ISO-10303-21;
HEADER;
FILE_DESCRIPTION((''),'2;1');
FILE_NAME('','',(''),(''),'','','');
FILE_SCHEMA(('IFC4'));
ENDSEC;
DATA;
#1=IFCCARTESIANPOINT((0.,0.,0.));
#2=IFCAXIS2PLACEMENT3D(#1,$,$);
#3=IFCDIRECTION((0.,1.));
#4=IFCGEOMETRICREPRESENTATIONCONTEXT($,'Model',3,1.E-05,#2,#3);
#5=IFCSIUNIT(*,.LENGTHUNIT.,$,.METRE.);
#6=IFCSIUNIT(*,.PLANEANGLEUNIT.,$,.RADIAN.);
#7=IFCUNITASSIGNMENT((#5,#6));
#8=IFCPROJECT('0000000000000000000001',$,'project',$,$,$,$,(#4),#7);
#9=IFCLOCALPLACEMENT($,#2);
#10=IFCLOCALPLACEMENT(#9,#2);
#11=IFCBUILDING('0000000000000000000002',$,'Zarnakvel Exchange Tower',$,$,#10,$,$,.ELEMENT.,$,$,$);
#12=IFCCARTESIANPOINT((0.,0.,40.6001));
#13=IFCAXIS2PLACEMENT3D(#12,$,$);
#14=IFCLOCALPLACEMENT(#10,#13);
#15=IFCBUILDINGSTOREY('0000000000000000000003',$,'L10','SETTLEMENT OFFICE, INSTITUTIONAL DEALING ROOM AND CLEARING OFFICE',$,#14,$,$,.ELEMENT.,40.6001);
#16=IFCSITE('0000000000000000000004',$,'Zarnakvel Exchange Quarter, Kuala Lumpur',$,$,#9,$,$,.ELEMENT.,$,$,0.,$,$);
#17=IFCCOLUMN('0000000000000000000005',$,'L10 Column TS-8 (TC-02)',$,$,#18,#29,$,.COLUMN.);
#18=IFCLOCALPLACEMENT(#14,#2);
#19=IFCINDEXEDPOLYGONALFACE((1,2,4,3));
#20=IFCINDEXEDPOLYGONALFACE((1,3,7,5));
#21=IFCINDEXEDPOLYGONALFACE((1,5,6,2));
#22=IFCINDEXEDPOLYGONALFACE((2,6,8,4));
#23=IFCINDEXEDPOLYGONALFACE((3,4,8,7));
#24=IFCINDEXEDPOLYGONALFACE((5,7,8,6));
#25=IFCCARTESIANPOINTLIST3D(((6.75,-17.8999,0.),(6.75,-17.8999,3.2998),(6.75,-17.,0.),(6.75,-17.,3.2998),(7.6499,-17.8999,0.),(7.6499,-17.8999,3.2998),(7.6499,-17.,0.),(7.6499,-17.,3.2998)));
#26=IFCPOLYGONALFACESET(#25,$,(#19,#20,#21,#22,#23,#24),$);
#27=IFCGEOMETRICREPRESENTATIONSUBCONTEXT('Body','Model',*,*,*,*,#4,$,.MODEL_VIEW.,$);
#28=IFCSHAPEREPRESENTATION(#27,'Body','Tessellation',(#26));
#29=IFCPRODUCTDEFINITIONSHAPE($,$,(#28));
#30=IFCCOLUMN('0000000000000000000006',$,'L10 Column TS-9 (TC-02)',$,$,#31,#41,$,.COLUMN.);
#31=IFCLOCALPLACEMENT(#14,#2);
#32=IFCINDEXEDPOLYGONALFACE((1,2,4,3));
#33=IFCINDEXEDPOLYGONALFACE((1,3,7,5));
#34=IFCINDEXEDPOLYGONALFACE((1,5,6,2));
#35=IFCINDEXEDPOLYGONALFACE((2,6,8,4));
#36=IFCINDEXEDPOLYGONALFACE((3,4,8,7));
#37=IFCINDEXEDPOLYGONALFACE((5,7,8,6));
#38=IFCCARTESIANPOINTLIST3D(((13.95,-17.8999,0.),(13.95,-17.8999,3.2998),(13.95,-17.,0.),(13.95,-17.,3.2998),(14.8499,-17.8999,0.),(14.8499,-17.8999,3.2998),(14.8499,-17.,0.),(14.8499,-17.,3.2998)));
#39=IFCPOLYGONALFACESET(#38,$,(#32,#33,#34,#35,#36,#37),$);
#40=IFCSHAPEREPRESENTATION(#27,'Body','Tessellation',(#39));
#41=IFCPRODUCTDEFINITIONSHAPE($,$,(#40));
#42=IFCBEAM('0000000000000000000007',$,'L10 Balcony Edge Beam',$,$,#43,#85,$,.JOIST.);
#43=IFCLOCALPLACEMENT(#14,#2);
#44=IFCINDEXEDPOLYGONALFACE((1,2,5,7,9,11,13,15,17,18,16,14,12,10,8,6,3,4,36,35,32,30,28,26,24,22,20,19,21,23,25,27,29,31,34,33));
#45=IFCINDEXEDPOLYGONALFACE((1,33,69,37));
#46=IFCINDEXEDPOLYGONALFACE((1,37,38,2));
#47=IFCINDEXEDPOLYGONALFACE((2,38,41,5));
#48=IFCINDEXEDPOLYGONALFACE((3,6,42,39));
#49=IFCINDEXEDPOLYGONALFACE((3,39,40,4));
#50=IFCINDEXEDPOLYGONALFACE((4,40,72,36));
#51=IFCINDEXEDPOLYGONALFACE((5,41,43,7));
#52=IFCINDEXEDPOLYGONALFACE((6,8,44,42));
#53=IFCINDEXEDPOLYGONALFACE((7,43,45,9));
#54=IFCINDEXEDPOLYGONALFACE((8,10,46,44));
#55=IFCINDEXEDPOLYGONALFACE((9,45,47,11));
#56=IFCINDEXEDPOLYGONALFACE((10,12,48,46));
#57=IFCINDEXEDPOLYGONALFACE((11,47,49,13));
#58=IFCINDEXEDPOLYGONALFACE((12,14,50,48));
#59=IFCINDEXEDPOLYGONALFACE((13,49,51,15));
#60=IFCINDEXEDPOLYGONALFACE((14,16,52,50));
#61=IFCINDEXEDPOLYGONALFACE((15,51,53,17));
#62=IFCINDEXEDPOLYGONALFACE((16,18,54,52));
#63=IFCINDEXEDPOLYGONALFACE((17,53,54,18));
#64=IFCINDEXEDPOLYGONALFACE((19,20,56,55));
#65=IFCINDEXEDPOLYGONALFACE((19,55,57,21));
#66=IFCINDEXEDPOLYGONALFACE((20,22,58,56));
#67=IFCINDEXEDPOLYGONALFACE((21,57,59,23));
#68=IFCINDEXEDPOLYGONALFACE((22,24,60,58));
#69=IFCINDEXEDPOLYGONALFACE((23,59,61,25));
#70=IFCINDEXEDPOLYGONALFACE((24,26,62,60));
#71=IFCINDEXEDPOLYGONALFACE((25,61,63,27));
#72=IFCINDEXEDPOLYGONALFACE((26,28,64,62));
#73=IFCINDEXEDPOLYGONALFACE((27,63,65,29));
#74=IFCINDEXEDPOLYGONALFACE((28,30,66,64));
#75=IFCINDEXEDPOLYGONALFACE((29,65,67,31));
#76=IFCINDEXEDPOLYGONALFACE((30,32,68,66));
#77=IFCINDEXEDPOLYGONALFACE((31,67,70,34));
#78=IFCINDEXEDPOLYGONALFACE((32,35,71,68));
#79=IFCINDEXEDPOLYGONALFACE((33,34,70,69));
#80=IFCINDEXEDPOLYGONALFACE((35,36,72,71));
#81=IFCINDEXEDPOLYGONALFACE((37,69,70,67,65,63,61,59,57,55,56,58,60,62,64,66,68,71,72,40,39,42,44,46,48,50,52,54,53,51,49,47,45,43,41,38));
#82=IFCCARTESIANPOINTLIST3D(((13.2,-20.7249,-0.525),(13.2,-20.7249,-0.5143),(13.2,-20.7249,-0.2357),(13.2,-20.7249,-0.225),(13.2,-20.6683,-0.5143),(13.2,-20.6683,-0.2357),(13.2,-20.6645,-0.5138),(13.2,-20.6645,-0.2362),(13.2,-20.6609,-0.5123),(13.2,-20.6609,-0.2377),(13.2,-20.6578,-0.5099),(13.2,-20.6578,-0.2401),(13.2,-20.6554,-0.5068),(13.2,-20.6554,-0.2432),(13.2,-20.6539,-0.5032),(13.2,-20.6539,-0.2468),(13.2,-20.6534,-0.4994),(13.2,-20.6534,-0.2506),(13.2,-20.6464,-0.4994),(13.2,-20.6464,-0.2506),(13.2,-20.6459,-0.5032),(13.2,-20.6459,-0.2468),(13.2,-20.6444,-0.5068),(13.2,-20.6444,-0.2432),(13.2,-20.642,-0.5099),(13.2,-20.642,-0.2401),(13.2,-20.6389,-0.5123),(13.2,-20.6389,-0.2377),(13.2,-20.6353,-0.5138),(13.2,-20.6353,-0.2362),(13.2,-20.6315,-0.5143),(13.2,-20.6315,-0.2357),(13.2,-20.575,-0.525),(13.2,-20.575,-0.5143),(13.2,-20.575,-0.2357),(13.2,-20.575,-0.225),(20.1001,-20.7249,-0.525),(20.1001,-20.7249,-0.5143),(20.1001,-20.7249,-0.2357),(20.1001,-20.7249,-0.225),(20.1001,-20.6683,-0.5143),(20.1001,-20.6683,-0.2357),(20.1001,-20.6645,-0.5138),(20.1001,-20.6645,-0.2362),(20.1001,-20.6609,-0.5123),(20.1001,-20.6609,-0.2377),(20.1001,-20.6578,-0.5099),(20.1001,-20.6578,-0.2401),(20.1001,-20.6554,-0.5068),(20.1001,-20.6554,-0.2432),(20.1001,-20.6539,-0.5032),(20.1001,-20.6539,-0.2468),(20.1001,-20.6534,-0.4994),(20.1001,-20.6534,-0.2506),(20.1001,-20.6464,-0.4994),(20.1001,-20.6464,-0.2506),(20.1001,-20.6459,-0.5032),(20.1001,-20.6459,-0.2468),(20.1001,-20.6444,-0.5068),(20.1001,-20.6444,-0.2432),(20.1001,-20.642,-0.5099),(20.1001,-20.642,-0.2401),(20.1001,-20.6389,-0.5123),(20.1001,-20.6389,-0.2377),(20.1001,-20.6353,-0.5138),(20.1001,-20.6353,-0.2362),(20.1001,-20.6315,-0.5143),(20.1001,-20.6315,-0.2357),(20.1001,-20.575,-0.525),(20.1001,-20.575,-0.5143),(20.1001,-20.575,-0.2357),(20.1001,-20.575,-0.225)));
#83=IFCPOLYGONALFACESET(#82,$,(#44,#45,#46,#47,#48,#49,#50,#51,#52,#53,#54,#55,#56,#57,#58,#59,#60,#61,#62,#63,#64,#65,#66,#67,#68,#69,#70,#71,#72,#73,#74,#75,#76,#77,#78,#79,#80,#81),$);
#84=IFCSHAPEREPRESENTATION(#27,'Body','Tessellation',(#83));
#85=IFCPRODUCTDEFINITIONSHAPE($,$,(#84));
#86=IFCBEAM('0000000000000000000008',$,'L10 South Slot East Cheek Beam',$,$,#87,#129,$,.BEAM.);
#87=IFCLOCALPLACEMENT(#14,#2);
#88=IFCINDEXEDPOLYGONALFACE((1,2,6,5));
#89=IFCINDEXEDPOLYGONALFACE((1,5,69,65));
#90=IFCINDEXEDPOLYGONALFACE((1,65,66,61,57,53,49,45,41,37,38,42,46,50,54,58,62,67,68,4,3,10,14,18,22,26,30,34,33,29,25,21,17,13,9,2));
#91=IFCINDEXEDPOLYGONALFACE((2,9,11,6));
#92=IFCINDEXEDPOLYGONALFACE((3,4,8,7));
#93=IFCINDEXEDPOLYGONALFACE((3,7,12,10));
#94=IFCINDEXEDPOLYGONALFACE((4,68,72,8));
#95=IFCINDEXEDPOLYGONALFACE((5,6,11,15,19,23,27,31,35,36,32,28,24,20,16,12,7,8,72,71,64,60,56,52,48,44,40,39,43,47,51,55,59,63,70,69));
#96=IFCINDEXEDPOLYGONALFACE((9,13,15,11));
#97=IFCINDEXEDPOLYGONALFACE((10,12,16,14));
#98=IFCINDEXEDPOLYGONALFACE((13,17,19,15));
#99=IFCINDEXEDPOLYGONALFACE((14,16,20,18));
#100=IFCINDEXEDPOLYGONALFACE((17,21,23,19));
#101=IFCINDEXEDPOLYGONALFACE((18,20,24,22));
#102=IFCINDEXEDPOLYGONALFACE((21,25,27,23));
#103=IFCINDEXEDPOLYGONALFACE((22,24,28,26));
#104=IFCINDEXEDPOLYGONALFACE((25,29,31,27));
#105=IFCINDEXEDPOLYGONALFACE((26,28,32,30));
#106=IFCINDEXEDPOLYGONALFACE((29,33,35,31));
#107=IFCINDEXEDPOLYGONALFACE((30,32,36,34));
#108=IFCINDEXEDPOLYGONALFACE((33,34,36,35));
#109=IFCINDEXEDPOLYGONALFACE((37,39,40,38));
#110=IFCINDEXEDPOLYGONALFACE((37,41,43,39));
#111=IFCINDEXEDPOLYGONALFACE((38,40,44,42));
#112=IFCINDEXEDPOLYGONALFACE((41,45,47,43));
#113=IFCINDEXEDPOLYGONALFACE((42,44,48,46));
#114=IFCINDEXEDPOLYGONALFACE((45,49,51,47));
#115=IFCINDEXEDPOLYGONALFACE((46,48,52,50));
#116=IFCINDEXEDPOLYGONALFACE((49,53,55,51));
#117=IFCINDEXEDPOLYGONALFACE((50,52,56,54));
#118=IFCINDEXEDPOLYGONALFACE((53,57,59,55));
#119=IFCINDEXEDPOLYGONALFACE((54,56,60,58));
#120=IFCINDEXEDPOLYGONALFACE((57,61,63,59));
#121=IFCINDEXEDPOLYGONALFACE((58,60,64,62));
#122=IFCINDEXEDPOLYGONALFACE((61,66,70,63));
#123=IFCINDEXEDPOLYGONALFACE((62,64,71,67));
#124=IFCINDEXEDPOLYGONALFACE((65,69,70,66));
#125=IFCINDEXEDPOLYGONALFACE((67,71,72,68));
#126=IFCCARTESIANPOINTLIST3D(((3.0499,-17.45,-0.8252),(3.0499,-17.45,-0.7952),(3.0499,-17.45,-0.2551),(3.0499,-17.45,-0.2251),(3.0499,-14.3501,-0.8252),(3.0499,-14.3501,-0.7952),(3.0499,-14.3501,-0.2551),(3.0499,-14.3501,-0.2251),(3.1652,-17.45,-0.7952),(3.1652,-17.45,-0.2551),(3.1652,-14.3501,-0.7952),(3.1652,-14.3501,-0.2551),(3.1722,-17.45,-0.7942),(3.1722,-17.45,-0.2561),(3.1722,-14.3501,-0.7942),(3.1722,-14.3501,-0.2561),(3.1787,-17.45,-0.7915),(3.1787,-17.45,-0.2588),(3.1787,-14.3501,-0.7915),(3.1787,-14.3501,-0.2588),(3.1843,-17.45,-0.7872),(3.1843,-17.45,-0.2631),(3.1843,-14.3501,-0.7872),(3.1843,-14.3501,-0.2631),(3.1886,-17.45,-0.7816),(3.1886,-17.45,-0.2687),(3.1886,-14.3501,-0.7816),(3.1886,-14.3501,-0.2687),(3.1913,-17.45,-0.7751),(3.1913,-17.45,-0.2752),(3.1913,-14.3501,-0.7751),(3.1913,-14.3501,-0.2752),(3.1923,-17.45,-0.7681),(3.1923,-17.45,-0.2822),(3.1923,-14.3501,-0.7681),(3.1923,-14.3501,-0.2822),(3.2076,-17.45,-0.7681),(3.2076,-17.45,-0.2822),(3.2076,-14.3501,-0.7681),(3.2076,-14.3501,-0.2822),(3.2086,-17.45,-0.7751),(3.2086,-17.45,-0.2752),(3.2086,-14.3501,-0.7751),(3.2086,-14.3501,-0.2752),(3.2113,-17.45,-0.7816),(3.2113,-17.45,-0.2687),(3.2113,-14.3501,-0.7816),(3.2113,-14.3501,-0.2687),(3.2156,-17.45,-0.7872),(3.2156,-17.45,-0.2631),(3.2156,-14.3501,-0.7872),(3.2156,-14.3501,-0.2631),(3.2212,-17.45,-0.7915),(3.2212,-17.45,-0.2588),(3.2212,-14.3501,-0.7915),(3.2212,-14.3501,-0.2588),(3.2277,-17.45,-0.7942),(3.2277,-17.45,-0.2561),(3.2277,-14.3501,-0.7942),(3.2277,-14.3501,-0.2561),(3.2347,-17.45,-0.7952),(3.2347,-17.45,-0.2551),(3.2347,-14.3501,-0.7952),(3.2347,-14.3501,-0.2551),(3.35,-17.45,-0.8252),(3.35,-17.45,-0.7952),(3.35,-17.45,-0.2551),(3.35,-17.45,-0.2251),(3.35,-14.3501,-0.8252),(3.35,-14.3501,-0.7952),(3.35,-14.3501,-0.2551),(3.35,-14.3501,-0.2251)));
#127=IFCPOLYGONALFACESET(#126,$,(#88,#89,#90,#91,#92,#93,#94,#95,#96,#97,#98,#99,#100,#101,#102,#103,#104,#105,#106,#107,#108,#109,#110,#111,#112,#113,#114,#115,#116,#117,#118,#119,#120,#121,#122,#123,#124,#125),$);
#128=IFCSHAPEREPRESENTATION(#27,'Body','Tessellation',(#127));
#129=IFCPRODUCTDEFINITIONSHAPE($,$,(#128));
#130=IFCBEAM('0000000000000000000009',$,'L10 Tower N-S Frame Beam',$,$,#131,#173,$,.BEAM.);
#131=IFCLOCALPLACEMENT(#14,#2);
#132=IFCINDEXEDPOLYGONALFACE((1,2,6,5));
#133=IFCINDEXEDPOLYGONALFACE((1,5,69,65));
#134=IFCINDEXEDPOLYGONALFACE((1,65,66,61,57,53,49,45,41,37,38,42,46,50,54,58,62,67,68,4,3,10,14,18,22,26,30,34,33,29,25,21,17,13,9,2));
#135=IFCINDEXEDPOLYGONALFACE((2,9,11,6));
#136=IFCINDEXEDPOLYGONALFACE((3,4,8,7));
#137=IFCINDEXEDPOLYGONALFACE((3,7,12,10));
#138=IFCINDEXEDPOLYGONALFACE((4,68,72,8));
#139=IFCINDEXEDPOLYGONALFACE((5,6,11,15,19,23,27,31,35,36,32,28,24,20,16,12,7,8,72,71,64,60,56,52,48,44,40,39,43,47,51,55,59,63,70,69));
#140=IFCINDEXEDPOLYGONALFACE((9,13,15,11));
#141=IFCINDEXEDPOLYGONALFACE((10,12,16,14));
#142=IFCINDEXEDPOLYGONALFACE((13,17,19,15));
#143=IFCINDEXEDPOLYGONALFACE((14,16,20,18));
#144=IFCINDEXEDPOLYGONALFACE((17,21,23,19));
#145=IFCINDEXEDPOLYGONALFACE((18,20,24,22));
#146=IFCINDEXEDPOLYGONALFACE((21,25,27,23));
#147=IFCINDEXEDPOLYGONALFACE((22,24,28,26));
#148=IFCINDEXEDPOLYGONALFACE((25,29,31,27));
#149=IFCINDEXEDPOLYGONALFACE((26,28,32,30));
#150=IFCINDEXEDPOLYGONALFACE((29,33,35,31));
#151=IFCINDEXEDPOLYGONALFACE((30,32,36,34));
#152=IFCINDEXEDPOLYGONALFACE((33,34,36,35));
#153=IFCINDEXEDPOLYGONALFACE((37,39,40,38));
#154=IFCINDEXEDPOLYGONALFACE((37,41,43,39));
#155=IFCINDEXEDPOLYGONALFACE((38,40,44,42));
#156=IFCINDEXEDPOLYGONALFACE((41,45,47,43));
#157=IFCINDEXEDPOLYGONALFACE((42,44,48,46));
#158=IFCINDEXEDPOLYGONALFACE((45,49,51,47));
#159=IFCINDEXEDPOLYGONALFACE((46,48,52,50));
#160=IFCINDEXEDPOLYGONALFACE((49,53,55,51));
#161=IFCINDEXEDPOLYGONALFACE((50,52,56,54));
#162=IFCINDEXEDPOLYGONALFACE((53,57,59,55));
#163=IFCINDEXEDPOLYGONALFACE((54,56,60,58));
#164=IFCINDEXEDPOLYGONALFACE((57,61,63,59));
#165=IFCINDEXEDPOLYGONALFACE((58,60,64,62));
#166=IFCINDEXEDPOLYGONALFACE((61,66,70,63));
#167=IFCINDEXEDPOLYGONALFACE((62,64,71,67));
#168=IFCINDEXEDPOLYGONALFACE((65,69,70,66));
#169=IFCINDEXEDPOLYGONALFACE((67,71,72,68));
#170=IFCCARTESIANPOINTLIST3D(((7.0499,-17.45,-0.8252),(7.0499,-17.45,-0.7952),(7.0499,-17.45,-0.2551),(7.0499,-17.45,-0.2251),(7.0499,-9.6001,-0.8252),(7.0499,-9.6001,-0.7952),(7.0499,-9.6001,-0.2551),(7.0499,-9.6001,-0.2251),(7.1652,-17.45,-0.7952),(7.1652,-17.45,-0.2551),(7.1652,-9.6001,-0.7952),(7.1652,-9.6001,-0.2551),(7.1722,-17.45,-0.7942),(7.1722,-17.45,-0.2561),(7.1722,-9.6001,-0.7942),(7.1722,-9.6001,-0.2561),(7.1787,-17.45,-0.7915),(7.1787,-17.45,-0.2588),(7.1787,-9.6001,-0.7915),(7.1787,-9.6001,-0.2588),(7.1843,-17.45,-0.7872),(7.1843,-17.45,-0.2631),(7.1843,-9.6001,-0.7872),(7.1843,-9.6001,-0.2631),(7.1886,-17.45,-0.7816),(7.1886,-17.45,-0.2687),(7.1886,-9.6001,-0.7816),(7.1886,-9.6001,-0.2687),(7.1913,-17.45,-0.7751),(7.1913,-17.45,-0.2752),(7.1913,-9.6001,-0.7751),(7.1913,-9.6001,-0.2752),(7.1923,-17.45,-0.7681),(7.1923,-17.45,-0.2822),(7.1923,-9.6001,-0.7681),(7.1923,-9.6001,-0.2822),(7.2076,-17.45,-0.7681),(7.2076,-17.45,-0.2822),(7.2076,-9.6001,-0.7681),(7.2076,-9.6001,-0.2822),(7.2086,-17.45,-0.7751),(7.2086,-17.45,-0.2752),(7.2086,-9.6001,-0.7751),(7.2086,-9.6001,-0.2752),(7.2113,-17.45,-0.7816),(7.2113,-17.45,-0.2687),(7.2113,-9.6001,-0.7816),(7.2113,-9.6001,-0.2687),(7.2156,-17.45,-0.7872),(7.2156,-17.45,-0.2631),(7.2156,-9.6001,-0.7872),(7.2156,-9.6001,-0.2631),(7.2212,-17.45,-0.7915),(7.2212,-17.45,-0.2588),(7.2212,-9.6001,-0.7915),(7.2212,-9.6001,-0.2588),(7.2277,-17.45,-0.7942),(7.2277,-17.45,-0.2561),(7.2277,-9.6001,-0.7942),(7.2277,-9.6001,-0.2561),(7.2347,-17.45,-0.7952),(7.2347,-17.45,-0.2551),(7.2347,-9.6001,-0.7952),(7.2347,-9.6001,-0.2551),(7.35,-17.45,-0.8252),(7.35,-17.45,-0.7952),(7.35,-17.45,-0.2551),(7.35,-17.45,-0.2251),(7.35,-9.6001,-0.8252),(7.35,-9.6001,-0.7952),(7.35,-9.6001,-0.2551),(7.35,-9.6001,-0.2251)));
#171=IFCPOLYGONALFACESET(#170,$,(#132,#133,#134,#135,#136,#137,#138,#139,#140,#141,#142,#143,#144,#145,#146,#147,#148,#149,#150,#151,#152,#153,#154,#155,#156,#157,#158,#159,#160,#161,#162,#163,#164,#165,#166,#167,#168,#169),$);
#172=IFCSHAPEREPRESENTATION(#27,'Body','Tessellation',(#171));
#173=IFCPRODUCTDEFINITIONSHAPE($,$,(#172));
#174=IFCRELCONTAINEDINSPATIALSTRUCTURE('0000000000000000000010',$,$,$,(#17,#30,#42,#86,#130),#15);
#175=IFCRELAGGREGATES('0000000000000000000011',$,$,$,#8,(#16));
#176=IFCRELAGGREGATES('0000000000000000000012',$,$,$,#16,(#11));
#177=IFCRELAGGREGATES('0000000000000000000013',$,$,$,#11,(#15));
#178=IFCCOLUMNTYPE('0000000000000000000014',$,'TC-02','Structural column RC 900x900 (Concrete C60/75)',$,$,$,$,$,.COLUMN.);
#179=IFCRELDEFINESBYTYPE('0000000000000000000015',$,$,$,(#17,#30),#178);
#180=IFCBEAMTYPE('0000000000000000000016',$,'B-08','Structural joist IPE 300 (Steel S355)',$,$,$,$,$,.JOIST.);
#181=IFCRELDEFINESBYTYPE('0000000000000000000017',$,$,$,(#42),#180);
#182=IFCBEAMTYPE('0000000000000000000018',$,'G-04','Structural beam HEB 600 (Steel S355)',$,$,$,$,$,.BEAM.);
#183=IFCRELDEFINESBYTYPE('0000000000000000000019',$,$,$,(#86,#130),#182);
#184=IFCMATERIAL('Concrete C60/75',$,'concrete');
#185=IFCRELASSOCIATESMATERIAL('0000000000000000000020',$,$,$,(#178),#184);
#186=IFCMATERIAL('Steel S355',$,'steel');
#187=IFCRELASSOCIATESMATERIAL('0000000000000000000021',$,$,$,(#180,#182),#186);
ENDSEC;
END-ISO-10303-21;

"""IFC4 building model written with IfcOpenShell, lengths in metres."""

from ifc_helpers import new_model, si_unit, direction, frame, origin, origin_2d, place, context, subcontext, project, spatial, rectangle, i_section, extrude, material, material_profile, profile_set, type_object, element, save


model = new_model("IFC4")

# Units and contexts
model_context = context("Model", 3, precision=1e-05, world=origin(), true_north=direction((0.0, 1.0)))
body_context = subcontext(model_context, "Body", "Model", "MODEL_VIEW")
ifc_project = project(units=[si_unit("LENGTHUNIT", "METRE"), si_unit("PLANEANGLEUNIT", "RADIAN")], contexts=[model_context])

# Site, building, storey
site_placement = place(None, origin())
site = spatial("IfcSite", under=ifc_project, at=site_placement, Name="Zarnakvel Exchange Quarter, Kuala Lumpur", CompositionType="ELEMENT", RefElevation=0.0)
building_placement = place(site_placement, origin())
building = spatial("IfcBuilding", under=site, at=building_placement, Name="Zarnakvel Exchange Tower", CompositionType="ELEMENT")
storey_placement = place(building_placement, frame((0.0, 0.0, 40.6001)))
storey = spatial("IfcBuildingStorey", under=building, at=storey_placement, Name="L10", Description="SETTLEMENT OFFICE, INSTITUTIONAL DEALING ROOM AND CLEARING OFFICE", CompositionType="ELEMENT", Elevation=40.6001)

# Columns
ifc_material_1 = material(Name="Concrete C60/75", Category="concrete")
ifc_material_profile_1 = material_profile(ifc_material_1, rectangle(XDim=0.8999, YDim=0.8999, at=origin_2d()))
ifc_profile_set_1 = profile_set([ifc_material_profile_1], Name="Concrete C60/75")
column_type = type_object("IfcColumnType", Name="TC-02", Description="Structural column RC 900x900 (Concrete C60/75)", PredefinedType="COLUMN", material=ifc_profile_set_1)
for number, where, z_axis, x_axis, name in (
    (1, (7.2, -17.45, 0.0), (0.0, 0.0, 1.0), (1.0, 0.0, 0.0), "L10 Column TS-8 (TC-02)"),
    (2, (14.3999, -17.45, 0.0), (0.0, 0.0, 1.0), (1.0, 0.0, 0.0), "L10 Column TS-9 (TC-02)"),
):
    element("IfcColumn", number, at=place(storey_placement, frame(where, z_axis=z_axis, x_axis=x_axis)), inside=storey, type_object=column_type, Name=name, PredefinedType="COLUMN", context=body_context, shape_type="SweptSolid", body=[
        extrude(rectangle(XDim=0.8999, YDim=0.8999, at=origin_2d()), origin(), (0.0, 0.0, 1.0), 3.2998),
    ])

# Beams
ifc_material_2 = material(Name="Steel S355", Category="steel")
ifc_material_profile_2 = material_profile(ifc_material_2, i_section(OverallWidth=0.1499, OverallDepth=0.3, WebThickness=0.0071, FlangeThickness=0.0107, FilletRadius=0.0149, at=origin_2d()))
ifc_profile_set_2 = profile_set([ifc_material_profile_2], Name="Steel S355")
beam_type_1 = type_object("IfcBeamType", Name="B-08", Description="Structural joist IPE 300 (Steel S355)", PredefinedType="JOIST", material=ifc_profile_set_2)
beam_1_placement = place(storey_placement, frame((13.2, -20.6499, -0.375), z_axis=(1.0, 0.0, 0.0), x_axis=(0.0, 1.0, 0.0)))
element("IfcBeam", 3, at=beam_1_placement, inside=storey, type_object=beam_type_1, Name="L10 Balcony Edge Beam", PredefinedType="JOIST", context=body_context, shape_type="SweptSolid", body=[
    extrude(i_section(OverallWidth=0.1499, OverallDepth=0.3, WebThickness=0.0071, FlangeThickness=0.0107, FilletRadius=0.0149, at=origin_2d()), origin(), (0.0, 0.0, 1.0), 6.9001),
])
ifc_material_profile_3 = material_profile(ifc_material_2, i_section(OverallWidth=0.3, OverallDepth=0.6001, WebThickness=0.0154, FlangeThickness=0.03, FilletRadius=0.0271, at=origin_2d()))
ifc_profile_set_3 = profile_set([ifc_material_profile_3], Name="Steel S355")
beam_type_2 = type_object("IfcBeamType", Name="G-04", Description="Structural beam HEB 600 (Steel S355)", PredefinedType="BEAM", material=ifc_profile_set_3)
beam_2_placement = place(storey_placement, frame((3.2, -17.45, -0.5251), z_axis=(0.0, 1.0, 0.0), x_axis=(-1.0, 0.0, 0.0)))
element("IfcBeam", 4, at=beam_2_placement, inside=storey, type_object=beam_type_2, Name="L10 South Slot East Cheek Beam", PredefinedType="BEAM", context=body_context, shape_type="SweptSolid", body=[
    extrude(i_section(OverallWidth=0.3, OverallDepth=0.6001, WebThickness=0.0154, FlangeThickness=0.03, FilletRadius=0.0271, at=origin_2d()), origin(), (0.0, 0.0, 1.0), 3.0999),
])
for number, where, z_axis, x_axis, name in (
    (5, (7.2, -17.45, -0.5251), (0.0, 1.0, 0.0), (-1.0, 0.0, 0.0), "L10 Tower N-S Frame Beam"),
):
    element("IfcBeam", number, at=place(storey_placement, frame(where, z_axis=z_axis, x_axis=x_axis)), inside=storey, type_object=beam_type_2, Name=name, PredefinedType="BEAM", context=body_context, shape_type="SweptSolid", body=[
        extrude(i_section(OverallWidth=0.3, OverallDepth=0.6001, WebThickness=0.0154, FlangeThickness=0.03, FilletRadius=0.0271, at=origin_2d()), origin(), (0.0, 0.0, 1.0), 7.8499),
    ])

save(model, "model.ifc")
